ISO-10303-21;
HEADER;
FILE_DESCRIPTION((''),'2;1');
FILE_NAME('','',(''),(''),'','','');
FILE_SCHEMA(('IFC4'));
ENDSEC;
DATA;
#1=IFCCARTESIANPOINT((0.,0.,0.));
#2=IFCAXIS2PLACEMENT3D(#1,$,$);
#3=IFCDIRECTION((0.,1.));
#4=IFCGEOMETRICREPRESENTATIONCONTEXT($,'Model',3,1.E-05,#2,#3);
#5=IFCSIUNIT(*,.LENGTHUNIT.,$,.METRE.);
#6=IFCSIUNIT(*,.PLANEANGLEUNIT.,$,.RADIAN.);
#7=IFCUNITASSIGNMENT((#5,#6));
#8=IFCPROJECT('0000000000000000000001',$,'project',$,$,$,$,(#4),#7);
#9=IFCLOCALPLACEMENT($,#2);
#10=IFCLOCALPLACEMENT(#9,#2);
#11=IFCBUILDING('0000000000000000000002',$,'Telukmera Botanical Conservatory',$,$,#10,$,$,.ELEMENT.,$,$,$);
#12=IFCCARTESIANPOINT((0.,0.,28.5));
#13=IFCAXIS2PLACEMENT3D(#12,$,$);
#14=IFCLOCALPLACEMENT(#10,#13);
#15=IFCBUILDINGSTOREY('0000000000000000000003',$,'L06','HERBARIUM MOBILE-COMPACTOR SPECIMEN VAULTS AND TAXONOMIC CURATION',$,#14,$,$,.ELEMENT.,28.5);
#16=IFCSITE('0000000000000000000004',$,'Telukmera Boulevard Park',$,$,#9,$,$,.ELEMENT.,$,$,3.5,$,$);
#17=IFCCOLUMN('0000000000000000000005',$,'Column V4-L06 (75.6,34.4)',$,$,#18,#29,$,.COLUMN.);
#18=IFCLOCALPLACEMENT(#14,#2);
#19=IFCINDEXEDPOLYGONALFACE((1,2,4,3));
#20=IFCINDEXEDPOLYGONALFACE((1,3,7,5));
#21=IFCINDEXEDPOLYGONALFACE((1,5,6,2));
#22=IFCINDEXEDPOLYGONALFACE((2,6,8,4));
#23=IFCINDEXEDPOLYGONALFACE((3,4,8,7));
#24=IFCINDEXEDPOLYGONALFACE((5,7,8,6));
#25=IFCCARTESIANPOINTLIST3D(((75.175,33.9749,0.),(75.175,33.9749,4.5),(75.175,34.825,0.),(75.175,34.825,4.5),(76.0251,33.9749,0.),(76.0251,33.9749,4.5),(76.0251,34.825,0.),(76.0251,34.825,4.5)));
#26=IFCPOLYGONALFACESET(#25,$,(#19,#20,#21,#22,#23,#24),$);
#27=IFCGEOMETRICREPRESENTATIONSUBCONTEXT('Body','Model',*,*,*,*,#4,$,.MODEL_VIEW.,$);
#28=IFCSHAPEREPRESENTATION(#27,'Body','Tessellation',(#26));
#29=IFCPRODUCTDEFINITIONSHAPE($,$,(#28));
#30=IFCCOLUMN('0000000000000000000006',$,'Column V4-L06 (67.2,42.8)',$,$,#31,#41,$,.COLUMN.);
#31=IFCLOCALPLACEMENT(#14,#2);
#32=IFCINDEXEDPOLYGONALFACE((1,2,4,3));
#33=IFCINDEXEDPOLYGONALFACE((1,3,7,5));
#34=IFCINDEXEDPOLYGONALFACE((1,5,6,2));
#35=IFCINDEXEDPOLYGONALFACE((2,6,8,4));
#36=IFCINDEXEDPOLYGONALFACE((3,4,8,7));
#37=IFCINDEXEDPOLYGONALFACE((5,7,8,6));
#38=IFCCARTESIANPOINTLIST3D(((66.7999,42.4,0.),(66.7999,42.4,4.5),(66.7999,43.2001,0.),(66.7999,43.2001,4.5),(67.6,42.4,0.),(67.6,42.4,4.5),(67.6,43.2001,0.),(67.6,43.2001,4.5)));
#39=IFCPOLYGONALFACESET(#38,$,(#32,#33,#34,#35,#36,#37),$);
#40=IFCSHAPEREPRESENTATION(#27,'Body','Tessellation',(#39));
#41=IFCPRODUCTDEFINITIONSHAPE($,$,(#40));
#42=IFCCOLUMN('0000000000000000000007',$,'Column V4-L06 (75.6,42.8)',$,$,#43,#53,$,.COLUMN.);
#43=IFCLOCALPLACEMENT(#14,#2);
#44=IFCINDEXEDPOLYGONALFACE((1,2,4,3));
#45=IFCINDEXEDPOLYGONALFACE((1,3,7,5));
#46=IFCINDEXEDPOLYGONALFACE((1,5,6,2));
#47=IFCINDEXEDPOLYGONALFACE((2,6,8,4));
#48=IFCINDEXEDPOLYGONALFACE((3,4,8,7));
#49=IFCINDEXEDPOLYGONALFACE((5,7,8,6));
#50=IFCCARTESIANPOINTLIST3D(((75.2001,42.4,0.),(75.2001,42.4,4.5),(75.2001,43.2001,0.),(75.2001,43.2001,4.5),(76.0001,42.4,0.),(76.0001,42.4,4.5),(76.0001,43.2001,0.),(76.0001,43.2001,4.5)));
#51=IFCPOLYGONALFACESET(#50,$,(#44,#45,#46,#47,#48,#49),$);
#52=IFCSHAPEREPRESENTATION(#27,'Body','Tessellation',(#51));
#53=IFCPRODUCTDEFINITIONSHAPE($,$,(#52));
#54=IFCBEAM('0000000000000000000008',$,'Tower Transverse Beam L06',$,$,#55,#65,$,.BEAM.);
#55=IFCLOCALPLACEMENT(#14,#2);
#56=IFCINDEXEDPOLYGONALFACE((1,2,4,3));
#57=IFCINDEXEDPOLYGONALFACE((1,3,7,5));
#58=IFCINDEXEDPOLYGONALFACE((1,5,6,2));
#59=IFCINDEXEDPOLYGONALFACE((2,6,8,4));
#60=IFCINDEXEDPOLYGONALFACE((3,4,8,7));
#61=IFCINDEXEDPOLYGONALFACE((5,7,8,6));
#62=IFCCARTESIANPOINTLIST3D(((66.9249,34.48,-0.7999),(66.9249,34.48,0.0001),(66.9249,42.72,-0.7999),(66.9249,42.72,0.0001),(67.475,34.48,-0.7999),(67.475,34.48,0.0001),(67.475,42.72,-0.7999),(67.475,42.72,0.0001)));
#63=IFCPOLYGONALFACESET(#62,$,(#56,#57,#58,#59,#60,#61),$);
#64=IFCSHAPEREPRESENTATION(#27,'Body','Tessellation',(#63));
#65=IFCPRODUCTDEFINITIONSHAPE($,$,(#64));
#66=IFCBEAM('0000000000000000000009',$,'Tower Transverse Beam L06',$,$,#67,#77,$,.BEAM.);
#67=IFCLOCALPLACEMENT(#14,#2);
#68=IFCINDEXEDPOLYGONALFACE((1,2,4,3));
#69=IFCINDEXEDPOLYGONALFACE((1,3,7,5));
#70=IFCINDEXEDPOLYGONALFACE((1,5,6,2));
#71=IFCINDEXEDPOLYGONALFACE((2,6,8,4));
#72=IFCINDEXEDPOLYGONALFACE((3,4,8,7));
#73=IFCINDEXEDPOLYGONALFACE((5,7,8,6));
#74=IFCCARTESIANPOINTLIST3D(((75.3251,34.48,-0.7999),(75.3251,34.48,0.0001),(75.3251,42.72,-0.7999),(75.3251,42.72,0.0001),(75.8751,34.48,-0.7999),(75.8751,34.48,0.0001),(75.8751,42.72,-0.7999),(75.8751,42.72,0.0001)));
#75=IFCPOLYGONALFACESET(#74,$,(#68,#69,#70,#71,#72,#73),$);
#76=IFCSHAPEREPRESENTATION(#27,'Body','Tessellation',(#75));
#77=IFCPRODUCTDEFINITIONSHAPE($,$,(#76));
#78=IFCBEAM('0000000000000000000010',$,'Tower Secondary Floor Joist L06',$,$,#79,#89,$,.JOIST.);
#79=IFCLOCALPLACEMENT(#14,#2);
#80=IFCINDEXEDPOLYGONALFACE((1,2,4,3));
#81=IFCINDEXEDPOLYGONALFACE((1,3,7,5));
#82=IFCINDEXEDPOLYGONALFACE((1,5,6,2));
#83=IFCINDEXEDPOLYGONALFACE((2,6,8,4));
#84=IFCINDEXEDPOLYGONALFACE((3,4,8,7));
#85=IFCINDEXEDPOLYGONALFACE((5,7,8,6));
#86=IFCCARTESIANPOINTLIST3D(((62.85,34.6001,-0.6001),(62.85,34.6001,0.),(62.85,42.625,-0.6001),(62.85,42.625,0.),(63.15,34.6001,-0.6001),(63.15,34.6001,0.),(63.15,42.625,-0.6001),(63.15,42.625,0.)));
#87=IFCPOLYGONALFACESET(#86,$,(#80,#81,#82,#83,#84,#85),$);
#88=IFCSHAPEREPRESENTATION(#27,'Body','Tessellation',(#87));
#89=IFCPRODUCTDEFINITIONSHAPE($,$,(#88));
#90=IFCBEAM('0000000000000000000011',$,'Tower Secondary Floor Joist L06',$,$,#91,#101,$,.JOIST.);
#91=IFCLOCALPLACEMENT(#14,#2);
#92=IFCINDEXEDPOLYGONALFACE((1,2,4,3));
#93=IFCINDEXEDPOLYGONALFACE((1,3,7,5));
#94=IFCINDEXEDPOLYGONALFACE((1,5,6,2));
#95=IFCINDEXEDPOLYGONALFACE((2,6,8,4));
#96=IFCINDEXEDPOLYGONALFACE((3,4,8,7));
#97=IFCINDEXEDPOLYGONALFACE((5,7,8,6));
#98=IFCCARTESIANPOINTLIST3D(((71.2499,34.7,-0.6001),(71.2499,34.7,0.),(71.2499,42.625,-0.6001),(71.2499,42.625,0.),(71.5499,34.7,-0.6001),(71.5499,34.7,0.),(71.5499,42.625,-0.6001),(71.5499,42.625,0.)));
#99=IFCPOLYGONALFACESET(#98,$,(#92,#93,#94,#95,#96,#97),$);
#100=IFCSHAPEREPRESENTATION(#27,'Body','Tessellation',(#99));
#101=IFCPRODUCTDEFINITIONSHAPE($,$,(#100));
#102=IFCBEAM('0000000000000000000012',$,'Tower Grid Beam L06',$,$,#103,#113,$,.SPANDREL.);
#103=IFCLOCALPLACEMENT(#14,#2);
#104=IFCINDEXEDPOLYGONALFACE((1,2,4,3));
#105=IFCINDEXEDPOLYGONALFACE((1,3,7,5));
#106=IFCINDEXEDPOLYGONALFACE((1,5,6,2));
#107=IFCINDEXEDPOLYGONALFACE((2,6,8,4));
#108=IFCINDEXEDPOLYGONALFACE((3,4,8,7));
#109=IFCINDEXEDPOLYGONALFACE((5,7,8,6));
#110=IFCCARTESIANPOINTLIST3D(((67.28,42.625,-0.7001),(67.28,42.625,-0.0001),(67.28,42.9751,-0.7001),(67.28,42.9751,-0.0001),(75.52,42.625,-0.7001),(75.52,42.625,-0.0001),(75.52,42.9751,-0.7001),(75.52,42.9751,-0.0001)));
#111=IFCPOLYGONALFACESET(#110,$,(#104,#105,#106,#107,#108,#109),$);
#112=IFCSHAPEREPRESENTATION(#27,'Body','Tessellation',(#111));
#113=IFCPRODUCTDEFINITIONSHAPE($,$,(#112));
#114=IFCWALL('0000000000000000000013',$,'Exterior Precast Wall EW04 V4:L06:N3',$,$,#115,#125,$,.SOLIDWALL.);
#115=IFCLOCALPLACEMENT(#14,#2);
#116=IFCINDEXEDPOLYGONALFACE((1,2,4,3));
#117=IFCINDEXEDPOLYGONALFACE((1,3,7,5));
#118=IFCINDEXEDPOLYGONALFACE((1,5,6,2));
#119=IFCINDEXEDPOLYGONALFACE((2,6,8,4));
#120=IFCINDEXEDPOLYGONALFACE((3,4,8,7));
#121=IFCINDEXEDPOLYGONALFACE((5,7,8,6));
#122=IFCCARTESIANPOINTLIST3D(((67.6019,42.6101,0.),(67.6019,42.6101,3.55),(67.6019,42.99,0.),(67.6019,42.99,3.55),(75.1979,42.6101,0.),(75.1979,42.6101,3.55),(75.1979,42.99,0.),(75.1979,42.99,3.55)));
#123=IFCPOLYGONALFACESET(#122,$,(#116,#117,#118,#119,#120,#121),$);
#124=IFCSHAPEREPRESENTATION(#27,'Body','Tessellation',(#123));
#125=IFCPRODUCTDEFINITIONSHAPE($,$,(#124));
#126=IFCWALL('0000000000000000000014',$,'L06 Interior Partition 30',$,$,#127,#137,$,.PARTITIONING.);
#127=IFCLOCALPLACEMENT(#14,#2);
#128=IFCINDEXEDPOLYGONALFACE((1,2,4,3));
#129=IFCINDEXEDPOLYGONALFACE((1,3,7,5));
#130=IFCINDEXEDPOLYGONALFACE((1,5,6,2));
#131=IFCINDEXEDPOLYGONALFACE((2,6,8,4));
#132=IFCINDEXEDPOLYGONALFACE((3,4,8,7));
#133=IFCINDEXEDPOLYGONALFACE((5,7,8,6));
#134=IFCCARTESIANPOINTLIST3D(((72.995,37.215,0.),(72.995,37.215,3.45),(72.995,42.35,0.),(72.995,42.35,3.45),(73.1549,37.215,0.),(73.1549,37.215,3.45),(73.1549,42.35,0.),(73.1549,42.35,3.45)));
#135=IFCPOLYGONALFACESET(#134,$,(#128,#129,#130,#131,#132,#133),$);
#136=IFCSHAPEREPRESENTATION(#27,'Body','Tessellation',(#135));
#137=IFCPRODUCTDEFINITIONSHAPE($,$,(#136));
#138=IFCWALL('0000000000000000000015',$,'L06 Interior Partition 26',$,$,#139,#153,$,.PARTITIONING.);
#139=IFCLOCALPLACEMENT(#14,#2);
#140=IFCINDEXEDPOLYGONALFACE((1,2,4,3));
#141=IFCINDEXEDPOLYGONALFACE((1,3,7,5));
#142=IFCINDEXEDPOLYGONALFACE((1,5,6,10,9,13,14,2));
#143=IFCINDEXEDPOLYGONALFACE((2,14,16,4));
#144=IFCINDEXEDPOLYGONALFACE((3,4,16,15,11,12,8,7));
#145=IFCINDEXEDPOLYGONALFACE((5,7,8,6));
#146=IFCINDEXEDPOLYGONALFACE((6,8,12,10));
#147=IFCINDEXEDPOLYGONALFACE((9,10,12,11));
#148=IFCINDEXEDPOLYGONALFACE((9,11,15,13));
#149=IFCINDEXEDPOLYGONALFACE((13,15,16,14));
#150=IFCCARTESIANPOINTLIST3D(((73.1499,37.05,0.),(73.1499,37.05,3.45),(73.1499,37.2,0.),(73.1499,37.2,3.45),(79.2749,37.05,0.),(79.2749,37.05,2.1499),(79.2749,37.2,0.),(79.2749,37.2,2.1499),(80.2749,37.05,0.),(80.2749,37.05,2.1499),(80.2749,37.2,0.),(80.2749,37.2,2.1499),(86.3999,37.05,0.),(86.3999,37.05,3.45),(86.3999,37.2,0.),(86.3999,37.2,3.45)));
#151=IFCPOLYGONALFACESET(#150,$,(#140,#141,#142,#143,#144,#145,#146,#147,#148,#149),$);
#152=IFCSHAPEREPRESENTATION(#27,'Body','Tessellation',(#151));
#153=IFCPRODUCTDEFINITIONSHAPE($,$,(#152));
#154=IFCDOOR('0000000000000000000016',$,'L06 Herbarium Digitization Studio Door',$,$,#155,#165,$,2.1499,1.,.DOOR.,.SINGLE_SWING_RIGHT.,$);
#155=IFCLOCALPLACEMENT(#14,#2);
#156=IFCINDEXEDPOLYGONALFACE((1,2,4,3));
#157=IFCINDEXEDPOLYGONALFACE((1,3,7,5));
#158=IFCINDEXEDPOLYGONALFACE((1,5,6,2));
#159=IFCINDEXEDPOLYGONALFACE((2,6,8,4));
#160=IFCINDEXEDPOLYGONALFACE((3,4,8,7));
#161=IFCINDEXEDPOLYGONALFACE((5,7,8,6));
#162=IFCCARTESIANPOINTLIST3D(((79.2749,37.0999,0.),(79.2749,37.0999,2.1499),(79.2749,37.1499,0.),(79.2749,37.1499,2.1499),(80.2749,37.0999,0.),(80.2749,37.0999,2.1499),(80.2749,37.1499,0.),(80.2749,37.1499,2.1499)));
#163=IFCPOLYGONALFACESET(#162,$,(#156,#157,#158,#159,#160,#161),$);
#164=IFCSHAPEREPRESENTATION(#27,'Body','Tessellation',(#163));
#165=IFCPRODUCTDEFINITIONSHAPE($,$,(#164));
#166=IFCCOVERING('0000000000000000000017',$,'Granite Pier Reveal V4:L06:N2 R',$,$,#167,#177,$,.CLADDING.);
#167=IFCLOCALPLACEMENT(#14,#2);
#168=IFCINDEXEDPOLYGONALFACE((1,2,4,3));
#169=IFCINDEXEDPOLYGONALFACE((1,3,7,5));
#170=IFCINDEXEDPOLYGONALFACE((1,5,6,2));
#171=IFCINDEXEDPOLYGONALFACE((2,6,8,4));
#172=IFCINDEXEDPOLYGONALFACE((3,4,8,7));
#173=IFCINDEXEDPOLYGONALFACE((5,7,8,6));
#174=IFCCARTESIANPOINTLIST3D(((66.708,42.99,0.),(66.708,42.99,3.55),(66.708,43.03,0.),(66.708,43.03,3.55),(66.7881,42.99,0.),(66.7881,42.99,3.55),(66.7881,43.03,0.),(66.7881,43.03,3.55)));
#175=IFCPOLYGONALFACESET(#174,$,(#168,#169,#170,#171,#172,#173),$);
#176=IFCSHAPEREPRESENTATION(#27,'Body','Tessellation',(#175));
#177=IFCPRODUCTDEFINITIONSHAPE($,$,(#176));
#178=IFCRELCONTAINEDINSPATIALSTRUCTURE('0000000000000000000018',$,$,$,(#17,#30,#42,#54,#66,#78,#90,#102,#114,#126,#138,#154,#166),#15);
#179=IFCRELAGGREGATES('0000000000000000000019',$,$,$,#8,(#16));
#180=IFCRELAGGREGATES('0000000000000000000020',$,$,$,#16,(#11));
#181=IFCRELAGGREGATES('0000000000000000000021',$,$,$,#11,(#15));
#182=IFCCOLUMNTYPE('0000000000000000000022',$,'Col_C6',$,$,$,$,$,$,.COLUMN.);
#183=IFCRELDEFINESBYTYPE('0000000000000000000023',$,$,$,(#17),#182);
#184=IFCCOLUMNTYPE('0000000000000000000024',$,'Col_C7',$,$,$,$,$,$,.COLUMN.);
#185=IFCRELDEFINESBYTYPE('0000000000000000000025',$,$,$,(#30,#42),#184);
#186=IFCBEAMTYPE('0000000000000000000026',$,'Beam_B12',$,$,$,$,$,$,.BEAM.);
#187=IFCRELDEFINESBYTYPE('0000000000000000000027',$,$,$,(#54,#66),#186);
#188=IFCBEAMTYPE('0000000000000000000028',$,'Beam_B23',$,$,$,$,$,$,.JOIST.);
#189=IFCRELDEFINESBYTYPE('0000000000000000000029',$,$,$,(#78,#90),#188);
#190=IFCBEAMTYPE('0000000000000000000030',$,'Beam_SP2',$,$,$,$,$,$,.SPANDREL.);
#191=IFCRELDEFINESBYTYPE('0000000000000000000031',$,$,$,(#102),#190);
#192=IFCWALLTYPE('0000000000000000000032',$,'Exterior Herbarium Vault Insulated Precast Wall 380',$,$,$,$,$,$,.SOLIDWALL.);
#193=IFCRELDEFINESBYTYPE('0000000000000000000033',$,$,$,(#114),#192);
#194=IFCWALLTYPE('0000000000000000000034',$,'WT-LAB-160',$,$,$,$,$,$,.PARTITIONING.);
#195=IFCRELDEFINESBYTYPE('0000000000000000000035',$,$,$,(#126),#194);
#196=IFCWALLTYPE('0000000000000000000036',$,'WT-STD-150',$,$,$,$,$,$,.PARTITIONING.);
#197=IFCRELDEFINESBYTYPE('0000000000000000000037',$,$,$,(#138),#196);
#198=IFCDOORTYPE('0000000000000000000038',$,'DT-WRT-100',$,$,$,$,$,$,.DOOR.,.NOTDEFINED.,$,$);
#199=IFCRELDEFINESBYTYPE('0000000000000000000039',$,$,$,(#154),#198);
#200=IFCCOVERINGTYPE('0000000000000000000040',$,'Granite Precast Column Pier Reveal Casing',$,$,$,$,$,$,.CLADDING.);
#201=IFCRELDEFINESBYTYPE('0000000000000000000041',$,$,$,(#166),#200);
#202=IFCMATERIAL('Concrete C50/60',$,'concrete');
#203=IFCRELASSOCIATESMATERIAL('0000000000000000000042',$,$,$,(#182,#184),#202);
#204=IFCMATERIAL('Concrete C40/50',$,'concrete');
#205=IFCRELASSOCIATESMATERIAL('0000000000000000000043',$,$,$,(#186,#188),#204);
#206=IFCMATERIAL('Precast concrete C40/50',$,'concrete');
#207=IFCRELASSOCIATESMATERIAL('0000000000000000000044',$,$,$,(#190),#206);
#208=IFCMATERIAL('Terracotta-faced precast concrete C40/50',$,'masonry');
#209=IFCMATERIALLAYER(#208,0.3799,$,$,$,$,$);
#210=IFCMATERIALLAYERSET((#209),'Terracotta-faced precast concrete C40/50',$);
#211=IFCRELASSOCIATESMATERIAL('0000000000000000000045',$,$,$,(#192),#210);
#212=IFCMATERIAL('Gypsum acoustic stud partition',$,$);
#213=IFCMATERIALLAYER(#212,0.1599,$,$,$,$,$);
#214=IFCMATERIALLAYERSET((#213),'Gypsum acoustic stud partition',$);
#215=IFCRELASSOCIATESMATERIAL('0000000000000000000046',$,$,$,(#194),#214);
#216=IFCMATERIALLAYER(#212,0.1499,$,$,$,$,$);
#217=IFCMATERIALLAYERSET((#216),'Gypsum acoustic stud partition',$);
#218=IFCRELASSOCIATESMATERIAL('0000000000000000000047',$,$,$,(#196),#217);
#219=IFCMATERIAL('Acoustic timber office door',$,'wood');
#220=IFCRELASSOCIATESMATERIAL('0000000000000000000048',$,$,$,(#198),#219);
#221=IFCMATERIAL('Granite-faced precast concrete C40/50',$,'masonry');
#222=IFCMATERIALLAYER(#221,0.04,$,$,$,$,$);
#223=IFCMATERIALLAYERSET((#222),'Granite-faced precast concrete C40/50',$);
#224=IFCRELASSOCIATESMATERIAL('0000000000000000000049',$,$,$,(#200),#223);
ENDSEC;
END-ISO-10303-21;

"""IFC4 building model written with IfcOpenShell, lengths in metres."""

from ifc_helpers import new_model, si_unit, direction, frame, frame_2d, origin, origin_2d, place, context, subcontext, project, spatial, rectangle, extrude, material, layer, layer_set, material_profile, profile_set, type_object, element, fill, save


model = new_model("IFC4")

# Units and contexts
model_context = context("Model", 3, precision=1e-05, world=origin(), true_north=direction((0.0, 1.0)))
body_context = subcontext(model_context, "Body", "Model", "MODEL_VIEW")
ifc_project = project(units=[si_unit("LENGTHUNIT", "METRE"), si_unit("PLANEANGLEUNIT", "RADIAN")], contexts=[model_context])

# Site, building, storey
site_placement = place(None, origin())
site = spatial("IfcSite", under=ifc_project, at=site_placement, Name="Telukmera Boulevard Park", CompositionType="ELEMENT", RefElevation=3.5)
building_placement = place(site_placement, origin())
building = spatial("IfcBuilding", under=site, at=building_placement, Name="Telukmera Botanical Conservatory", CompositionType="ELEMENT")
storey_placement = place(building_placement, frame((0.0, 0.0, 28.5)))
storey = spatial("IfcBuildingStorey", under=building, at=storey_placement, Name="L06", Description="HERBARIUM MOBILE-COMPACTOR SPECIMEN VAULTS AND TAXONOMIC CURATION", CompositionType="ELEMENT", Elevation=28.5)

# Columns
ifc_material_1 = material(Name="Concrete C50/60", Category="concrete")
ifc_material_profile_1 = material_profile(ifc_material_1, rectangle(XDim=0.8501, YDim=0.8501, at=origin_2d()), Name="RC 850x850")
ifc_profile_set_1 = profile_set([ifc_material_profile_1], Name="Concrete C50/60")
column_type_1 = type_object("IfcColumnType", Name="Col_C6", PredefinedType="COLUMN", material=ifc_profile_set_1)
column_placement = place(storey_placement, frame((75.6001, 34.3999, 0.0), z_axis=(0.0, 0.0, 1.0), x_axis=(1.0, 0.0, 0.0)))
element("IfcColumn", 1, at=column_placement, inside=storey, type_object=column_type_1, Name="Column V4-L06 (75.6,34.4)", PredefinedType="COLUMN", context=body_context, shape_type="SweptSolid", body=[
    extrude(rectangle(XDim=0.8501, YDim=0.8501, at=origin_2d()), origin(), (0.0, 0.0, 1.0), 4.5),
])
ifc_material_profile_2 = material_profile(ifc_material_1, rectangle(XDim=0.8, YDim=0.8, at=origin_2d()), Name="RC 800x800")
ifc_profile_set_2 = profile_set([ifc_material_profile_2], Name="Concrete C50/60")
column_type_2 = type_object("IfcColumnType", Name="Col_C7", PredefinedType="COLUMN", material=ifc_profile_set_2)
for number, where, z_axis, x_axis, name in (
    (2, (67.2, 42.8, 0.0), (0.0, 0.0, 1.0), (1.0, 0.0, 0.0), "Column V4-L06 (67.2,42.8)"),
    (3, (75.6001, 42.8, 0.0), (0.0, 0.0, 1.0), (1.0, 0.0, 0.0), "Column V4-L06 (75.6,42.8)"),
):
    element("IfcColumn", number, at=place(storey_placement, frame(where, z_axis=z_axis, x_axis=x_axis)), inside=storey, type_object=column_type_2, Name=name, PredefinedType="COLUMN", context=body_context, shape_type="SweptSolid", body=[
        extrude(rectangle(XDim=0.8, YDim=0.8, at=origin_2d()), origin(), (0.0, 0.0, 1.0), 4.5),
    ])

# Beams
ifc_material_2 = material(Name="Concrete C40/50", Category="concrete")
ifc_material_profile_3 = material_profile(ifc_material_2, rectangle(XDim=0.55, YDim=0.8, at=origin_2d()), Name="RC 550x800")
ifc_profile_set_3 = profile_set([ifc_material_profile_3], Name="Concrete C40/50")
beam_type_1 = type_object("IfcBeamType", Name="Beam_B12", PredefinedType="BEAM", material=ifc_profile_set_3)
for number, where, z_axis, x_axis, name in (
    (4, (67.2, 34.48, -0.3999), (0.0, 1.0, 0.0), (-1.0, 0.0, 0.0), "Tower Transverse Beam L06"),
    (5, (75.6001, 34.48, -0.3999), (0.0, 1.0, 0.0), (-1.0, 0.0, 0.0), "Tower Transverse Beam L06"),
):
    element("IfcBeam", number, at=place(storey_placement, frame(where, z_axis=z_axis, x_axis=x_axis)), inside=storey, type_object=beam_type_1, Name=name, PredefinedType="BEAM", context=body_context, shape_type="SweptSolid", body=[
        extrude(rectangle(XDim=0.55, YDim=0.8, at=origin_2d()), origin(), (0.0, 0.0, 1.0), 8.24),
    ])
ifc_material_profile_4 = material_profile(ifc_material_2, rectangle(XDim=0.3, YDim=0.6001, at=origin_2d()), Name="RC 300x600")
ifc_profile_set_4 = profile_set([ifc_material_profile_4], Name="Concrete C40/50")
beam_type_2 = type_object("IfcBeamType", Name="Beam_B23", PredefinedType="JOIST", material=ifc_profile_set_4)
beam_1_placement = place(storey_placement, frame((63.0, 34.6001, -0.3), z_axis=(0.0, 1.0, 0.0), x_axis=(-1.0, 0.0, 0.0)))
element("IfcBeam", 6, at=beam_1_placement, inside=storey, type_object=beam_type_2, Name="Tower Secondary Floor Joist L06", PredefinedType="JOIST", context=body_context, shape_type="SweptSolid", body=[
    extrude(rectangle(XDim=0.3, YDim=0.6001, at=origin_2d()), origin(), (0.0, 0.0, 1.0), 8.0249),
])
beam_2_placement = place(storey_placement, frame((71.3999, 34.7, -0.3), z_axis=(0.0, 1.0, 0.0), x_axis=(-1.0, 0.0, 0.0)))
element("IfcBeam", 7, at=beam_2_placement, inside=storey, type_object=beam_type_2, Name="Tower Secondary Floor Joist L06", PredefinedType="JOIST", context=body_context, shape_type="SweptSolid", body=[
    extrude(rectangle(XDim=0.3, YDim=0.6001, at=origin_2d()), origin(), (0.0, 0.0, 1.0), 7.925),
])
ifc_material_3 = material(Name="Precast concrete C40/50", Category="concrete")
ifc_material_profile_5 = material_profile(ifc_material_3, rectangle(XDim=0.3501, YDim=0.7, at=origin_2d()), Name="PC 350x700")
ifc_profile_set_5 = profile_set([ifc_material_profile_5], Name="Precast concrete C40/50")
beam_type_3 = type_object("IfcBeamType", Name="Beam_SP2", PredefinedType="SPANDREL", material=ifc_profile_set_5)
beam_3_placement = place(storey_placement, frame((67.28, 42.8, -0.3501), z_axis=(1.0, 0.0, 0.0), x_axis=(0.0, 1.0, 0.0)))
element("IfcBeam", 8, at=beam_3_placement, inside=storey, type_object=beam_type_3, Name="Tower Grid Beam L06", PredefinedType="SPANDREL", context=body_context, shape_type="SweptSolid", body=[
    extrude(rectangle(XDim=0.3501, YDim=0.7, at=origin_2d()), origin(), (0.0, 0.0, 1.0), 8.24),
])

# Walls
ifc_material_4 = material(Name="Terracotta-faced precast concrete C40/50", Category="masonry")
ifc_layer_1 = layer(ifc_material_4, 0.3799)
ifc_layer_set_1 = layer_set([ifc_layer_1], Name="Terracotta-faced precast concrete C40/50")
wall_type_1 = type_object("IfcWallType", Name="Exterior Herbarium Vault Insulated Precast Wall 380", PredefinedType="SOLIDWALL", material=ifc_layer_set_1)
wall_1_placement = place(storey_placement, frame((67.6021, 42.8, 0.0), z_axis=(0.0, 0.0, 1.0), x_axis=(1.0, 0.0, 0.0)))
element("IfcWall", 9, at=wall_1_placement, inside=storey, type_object=wall_type_1, Name="Exterior Precast Wall EW04 V4:L06:N3", PredefinedType="SOLIDWALL", context=body_context, shape_type="SweptSolid", body=[
    extrude(rectangle(XDim=7.5959, YDim=0.3799, at=frame_2d((3.7979, 0.0))), origin(), (0.0, 0.0, 1.0), 3.55),
])
ifc_material_5 = material(Name="Gypsum acoustic stud partition")
ifc_layer_2 = layer(ifc_material_5, 0.1599)
ifc_layer_set_2 = layer_set([ifc_layer_2], Name="Gypsum acoustic stud partition")
wall_type_2 = type_object("IfcWallType", Name="WT-LAB-160", PredefinedType="PARTITIONING", material=ifc_layer_set_2)
wall_2_placement = place(storey_placement, frame((73.075, 37.2151, 0.0), z_axis=(0.0, 0.0, 1.0), x_axis=(0.0, 1.0, 0.0)))
element("IfcWall", 10, at=wall_2_placement, inside=storey, type_object=wall_type_2, Name="L06 Interior Partition 30", PredefinedType="PARTITIONING", context=body_context, shape_type="SweptSolid", body=[
    extrude(rectangle(XDim=5.135, YDim=0.1599, at=frame_2d((2.5674, 0.0))), origin(), (0.0, 0.0, 1.0), 3.45),
])

# Wall, opening, door
ifc_layer_3 = layer(ifc_material_5, 0.1499)
ifc_layer_set_3 = layer_set([ifc_layer_3], Name="Gypsum acoustic stud partition")
wall_type_3 = type_object("IfcWallType", Name="WT-STD-150", PredefinedType="PARTITIONING", material=ifc_layer_set_3)
wall_3_placement = place(storey_placement, frame((73.1499, 37.125, 0.0), z_axis=(0.0, 0.0, 1.0), x_axis=(1.0, 0.0, 0.0)))
wall_3 = element("IfcWall", 11, at=wall_3_placement, inside=storey, type_object=wall_type_3, Name="L06 Interior Partition 26", PredefinedType="PARTITIONING", context=body_context, shape_type="SweptSolid", body=[
    extrude(rectangle(XDim=13.25, YDim=0.1499, at=frame_2d((6.625, 0.0))), origin(), (0.0, 0.0, 1.0), 3.45),
])
opening_placement = place(wall_3_placement, frame((6.125, 0.0, 0.0)))
opening = element("IfcOpeningElement", 12, at=opening_placement, cuts=wall_3, PredefinedType="OPENING", context=body_context, shape_type="SweptSolid", body=[
    extrude(rectangle(XDim=1.0, YDim=2.1499, at=frame_2d((0.5, 1.075))), frame((0.0, 0.085, 0.0), z_axis=(0.0, -1.0, 0.0), x_axis=(1.0, 0.0, 0.0)), (0.0, 0.0, 1.0), 0.1699),
])
ifc_material_6 = material(Name="Acoustic timber office door", Category="wood")
door_type = type_object("IfcDoorType", Name="DT-WRT-100", OperationType="NOTDEFINED", PredefinedType="DOOR", material=ifc_material_6)
door_placement = place(opening_placement, origin())
door = element("IfcDoor", 13, at=door_placement, inside=storey, type_object=door_type, Name="L06 Herbarium Digitization Studio Door", OperationType="SINGLE_SWING_RIGHT", OverallHeight=2.1499, OverallWidth=1.0, PredefinedType="DOOR", context=body_context, shape_type="SweptSolid", body=[
    extrude(rectangle(XDim=1.0, YDim=2.1499, at=frame_2d((0.5, 1.075))), frame((0.0, 0.0249, 0.0), z_axis=(0.0, -1.0, 0.0), x_axis=(1.0, 0.0, 0.0)), (0.0, 0.0, 1.0), 0.05),
])
fill(opening, door)

# Covering
ifc_material_7 = material(Name="Granite-faced precast concrete C40/50", Category="masonry")
ifc_layer_4 = layer(ifc_material_7, 0.04)
ifc_layer_set_4 = layer_set([ifc_layer_4], Name="Granite-faced precast concrete C40/50")
covering_type_1 = type_object("IfcCoveringType", Name="Granite Precast Column Pier Reveal Casing", PredefinedType="CLADDING", material=ifc_layer_set_4)
for number, where, z_axis, x_axis, name in (
    (14, (66.748, 43.01, 0.0), (0.0, 0.0, 1.0), (1.0, 0.0, 0.0), "Granite Pier Reveal V4:L06:N2 R"),
):
    element("IfcCovering", number, at=place(storey_placement, frame(where, z_axis=z_axis, x_axis=x_axis)), inside=storey, type_object=covering_type_1, Name=name, PredefinedType="CLADDING", context=body_context, shape_type="SweptSolid", body=[
        extrude(rectangle(XDim=0.0801, YDim=0.04, at=origin_2d()), origin(), (0.0, 0.0, 1.0), 3.55),
    ])

save(model, "model.ifc")
